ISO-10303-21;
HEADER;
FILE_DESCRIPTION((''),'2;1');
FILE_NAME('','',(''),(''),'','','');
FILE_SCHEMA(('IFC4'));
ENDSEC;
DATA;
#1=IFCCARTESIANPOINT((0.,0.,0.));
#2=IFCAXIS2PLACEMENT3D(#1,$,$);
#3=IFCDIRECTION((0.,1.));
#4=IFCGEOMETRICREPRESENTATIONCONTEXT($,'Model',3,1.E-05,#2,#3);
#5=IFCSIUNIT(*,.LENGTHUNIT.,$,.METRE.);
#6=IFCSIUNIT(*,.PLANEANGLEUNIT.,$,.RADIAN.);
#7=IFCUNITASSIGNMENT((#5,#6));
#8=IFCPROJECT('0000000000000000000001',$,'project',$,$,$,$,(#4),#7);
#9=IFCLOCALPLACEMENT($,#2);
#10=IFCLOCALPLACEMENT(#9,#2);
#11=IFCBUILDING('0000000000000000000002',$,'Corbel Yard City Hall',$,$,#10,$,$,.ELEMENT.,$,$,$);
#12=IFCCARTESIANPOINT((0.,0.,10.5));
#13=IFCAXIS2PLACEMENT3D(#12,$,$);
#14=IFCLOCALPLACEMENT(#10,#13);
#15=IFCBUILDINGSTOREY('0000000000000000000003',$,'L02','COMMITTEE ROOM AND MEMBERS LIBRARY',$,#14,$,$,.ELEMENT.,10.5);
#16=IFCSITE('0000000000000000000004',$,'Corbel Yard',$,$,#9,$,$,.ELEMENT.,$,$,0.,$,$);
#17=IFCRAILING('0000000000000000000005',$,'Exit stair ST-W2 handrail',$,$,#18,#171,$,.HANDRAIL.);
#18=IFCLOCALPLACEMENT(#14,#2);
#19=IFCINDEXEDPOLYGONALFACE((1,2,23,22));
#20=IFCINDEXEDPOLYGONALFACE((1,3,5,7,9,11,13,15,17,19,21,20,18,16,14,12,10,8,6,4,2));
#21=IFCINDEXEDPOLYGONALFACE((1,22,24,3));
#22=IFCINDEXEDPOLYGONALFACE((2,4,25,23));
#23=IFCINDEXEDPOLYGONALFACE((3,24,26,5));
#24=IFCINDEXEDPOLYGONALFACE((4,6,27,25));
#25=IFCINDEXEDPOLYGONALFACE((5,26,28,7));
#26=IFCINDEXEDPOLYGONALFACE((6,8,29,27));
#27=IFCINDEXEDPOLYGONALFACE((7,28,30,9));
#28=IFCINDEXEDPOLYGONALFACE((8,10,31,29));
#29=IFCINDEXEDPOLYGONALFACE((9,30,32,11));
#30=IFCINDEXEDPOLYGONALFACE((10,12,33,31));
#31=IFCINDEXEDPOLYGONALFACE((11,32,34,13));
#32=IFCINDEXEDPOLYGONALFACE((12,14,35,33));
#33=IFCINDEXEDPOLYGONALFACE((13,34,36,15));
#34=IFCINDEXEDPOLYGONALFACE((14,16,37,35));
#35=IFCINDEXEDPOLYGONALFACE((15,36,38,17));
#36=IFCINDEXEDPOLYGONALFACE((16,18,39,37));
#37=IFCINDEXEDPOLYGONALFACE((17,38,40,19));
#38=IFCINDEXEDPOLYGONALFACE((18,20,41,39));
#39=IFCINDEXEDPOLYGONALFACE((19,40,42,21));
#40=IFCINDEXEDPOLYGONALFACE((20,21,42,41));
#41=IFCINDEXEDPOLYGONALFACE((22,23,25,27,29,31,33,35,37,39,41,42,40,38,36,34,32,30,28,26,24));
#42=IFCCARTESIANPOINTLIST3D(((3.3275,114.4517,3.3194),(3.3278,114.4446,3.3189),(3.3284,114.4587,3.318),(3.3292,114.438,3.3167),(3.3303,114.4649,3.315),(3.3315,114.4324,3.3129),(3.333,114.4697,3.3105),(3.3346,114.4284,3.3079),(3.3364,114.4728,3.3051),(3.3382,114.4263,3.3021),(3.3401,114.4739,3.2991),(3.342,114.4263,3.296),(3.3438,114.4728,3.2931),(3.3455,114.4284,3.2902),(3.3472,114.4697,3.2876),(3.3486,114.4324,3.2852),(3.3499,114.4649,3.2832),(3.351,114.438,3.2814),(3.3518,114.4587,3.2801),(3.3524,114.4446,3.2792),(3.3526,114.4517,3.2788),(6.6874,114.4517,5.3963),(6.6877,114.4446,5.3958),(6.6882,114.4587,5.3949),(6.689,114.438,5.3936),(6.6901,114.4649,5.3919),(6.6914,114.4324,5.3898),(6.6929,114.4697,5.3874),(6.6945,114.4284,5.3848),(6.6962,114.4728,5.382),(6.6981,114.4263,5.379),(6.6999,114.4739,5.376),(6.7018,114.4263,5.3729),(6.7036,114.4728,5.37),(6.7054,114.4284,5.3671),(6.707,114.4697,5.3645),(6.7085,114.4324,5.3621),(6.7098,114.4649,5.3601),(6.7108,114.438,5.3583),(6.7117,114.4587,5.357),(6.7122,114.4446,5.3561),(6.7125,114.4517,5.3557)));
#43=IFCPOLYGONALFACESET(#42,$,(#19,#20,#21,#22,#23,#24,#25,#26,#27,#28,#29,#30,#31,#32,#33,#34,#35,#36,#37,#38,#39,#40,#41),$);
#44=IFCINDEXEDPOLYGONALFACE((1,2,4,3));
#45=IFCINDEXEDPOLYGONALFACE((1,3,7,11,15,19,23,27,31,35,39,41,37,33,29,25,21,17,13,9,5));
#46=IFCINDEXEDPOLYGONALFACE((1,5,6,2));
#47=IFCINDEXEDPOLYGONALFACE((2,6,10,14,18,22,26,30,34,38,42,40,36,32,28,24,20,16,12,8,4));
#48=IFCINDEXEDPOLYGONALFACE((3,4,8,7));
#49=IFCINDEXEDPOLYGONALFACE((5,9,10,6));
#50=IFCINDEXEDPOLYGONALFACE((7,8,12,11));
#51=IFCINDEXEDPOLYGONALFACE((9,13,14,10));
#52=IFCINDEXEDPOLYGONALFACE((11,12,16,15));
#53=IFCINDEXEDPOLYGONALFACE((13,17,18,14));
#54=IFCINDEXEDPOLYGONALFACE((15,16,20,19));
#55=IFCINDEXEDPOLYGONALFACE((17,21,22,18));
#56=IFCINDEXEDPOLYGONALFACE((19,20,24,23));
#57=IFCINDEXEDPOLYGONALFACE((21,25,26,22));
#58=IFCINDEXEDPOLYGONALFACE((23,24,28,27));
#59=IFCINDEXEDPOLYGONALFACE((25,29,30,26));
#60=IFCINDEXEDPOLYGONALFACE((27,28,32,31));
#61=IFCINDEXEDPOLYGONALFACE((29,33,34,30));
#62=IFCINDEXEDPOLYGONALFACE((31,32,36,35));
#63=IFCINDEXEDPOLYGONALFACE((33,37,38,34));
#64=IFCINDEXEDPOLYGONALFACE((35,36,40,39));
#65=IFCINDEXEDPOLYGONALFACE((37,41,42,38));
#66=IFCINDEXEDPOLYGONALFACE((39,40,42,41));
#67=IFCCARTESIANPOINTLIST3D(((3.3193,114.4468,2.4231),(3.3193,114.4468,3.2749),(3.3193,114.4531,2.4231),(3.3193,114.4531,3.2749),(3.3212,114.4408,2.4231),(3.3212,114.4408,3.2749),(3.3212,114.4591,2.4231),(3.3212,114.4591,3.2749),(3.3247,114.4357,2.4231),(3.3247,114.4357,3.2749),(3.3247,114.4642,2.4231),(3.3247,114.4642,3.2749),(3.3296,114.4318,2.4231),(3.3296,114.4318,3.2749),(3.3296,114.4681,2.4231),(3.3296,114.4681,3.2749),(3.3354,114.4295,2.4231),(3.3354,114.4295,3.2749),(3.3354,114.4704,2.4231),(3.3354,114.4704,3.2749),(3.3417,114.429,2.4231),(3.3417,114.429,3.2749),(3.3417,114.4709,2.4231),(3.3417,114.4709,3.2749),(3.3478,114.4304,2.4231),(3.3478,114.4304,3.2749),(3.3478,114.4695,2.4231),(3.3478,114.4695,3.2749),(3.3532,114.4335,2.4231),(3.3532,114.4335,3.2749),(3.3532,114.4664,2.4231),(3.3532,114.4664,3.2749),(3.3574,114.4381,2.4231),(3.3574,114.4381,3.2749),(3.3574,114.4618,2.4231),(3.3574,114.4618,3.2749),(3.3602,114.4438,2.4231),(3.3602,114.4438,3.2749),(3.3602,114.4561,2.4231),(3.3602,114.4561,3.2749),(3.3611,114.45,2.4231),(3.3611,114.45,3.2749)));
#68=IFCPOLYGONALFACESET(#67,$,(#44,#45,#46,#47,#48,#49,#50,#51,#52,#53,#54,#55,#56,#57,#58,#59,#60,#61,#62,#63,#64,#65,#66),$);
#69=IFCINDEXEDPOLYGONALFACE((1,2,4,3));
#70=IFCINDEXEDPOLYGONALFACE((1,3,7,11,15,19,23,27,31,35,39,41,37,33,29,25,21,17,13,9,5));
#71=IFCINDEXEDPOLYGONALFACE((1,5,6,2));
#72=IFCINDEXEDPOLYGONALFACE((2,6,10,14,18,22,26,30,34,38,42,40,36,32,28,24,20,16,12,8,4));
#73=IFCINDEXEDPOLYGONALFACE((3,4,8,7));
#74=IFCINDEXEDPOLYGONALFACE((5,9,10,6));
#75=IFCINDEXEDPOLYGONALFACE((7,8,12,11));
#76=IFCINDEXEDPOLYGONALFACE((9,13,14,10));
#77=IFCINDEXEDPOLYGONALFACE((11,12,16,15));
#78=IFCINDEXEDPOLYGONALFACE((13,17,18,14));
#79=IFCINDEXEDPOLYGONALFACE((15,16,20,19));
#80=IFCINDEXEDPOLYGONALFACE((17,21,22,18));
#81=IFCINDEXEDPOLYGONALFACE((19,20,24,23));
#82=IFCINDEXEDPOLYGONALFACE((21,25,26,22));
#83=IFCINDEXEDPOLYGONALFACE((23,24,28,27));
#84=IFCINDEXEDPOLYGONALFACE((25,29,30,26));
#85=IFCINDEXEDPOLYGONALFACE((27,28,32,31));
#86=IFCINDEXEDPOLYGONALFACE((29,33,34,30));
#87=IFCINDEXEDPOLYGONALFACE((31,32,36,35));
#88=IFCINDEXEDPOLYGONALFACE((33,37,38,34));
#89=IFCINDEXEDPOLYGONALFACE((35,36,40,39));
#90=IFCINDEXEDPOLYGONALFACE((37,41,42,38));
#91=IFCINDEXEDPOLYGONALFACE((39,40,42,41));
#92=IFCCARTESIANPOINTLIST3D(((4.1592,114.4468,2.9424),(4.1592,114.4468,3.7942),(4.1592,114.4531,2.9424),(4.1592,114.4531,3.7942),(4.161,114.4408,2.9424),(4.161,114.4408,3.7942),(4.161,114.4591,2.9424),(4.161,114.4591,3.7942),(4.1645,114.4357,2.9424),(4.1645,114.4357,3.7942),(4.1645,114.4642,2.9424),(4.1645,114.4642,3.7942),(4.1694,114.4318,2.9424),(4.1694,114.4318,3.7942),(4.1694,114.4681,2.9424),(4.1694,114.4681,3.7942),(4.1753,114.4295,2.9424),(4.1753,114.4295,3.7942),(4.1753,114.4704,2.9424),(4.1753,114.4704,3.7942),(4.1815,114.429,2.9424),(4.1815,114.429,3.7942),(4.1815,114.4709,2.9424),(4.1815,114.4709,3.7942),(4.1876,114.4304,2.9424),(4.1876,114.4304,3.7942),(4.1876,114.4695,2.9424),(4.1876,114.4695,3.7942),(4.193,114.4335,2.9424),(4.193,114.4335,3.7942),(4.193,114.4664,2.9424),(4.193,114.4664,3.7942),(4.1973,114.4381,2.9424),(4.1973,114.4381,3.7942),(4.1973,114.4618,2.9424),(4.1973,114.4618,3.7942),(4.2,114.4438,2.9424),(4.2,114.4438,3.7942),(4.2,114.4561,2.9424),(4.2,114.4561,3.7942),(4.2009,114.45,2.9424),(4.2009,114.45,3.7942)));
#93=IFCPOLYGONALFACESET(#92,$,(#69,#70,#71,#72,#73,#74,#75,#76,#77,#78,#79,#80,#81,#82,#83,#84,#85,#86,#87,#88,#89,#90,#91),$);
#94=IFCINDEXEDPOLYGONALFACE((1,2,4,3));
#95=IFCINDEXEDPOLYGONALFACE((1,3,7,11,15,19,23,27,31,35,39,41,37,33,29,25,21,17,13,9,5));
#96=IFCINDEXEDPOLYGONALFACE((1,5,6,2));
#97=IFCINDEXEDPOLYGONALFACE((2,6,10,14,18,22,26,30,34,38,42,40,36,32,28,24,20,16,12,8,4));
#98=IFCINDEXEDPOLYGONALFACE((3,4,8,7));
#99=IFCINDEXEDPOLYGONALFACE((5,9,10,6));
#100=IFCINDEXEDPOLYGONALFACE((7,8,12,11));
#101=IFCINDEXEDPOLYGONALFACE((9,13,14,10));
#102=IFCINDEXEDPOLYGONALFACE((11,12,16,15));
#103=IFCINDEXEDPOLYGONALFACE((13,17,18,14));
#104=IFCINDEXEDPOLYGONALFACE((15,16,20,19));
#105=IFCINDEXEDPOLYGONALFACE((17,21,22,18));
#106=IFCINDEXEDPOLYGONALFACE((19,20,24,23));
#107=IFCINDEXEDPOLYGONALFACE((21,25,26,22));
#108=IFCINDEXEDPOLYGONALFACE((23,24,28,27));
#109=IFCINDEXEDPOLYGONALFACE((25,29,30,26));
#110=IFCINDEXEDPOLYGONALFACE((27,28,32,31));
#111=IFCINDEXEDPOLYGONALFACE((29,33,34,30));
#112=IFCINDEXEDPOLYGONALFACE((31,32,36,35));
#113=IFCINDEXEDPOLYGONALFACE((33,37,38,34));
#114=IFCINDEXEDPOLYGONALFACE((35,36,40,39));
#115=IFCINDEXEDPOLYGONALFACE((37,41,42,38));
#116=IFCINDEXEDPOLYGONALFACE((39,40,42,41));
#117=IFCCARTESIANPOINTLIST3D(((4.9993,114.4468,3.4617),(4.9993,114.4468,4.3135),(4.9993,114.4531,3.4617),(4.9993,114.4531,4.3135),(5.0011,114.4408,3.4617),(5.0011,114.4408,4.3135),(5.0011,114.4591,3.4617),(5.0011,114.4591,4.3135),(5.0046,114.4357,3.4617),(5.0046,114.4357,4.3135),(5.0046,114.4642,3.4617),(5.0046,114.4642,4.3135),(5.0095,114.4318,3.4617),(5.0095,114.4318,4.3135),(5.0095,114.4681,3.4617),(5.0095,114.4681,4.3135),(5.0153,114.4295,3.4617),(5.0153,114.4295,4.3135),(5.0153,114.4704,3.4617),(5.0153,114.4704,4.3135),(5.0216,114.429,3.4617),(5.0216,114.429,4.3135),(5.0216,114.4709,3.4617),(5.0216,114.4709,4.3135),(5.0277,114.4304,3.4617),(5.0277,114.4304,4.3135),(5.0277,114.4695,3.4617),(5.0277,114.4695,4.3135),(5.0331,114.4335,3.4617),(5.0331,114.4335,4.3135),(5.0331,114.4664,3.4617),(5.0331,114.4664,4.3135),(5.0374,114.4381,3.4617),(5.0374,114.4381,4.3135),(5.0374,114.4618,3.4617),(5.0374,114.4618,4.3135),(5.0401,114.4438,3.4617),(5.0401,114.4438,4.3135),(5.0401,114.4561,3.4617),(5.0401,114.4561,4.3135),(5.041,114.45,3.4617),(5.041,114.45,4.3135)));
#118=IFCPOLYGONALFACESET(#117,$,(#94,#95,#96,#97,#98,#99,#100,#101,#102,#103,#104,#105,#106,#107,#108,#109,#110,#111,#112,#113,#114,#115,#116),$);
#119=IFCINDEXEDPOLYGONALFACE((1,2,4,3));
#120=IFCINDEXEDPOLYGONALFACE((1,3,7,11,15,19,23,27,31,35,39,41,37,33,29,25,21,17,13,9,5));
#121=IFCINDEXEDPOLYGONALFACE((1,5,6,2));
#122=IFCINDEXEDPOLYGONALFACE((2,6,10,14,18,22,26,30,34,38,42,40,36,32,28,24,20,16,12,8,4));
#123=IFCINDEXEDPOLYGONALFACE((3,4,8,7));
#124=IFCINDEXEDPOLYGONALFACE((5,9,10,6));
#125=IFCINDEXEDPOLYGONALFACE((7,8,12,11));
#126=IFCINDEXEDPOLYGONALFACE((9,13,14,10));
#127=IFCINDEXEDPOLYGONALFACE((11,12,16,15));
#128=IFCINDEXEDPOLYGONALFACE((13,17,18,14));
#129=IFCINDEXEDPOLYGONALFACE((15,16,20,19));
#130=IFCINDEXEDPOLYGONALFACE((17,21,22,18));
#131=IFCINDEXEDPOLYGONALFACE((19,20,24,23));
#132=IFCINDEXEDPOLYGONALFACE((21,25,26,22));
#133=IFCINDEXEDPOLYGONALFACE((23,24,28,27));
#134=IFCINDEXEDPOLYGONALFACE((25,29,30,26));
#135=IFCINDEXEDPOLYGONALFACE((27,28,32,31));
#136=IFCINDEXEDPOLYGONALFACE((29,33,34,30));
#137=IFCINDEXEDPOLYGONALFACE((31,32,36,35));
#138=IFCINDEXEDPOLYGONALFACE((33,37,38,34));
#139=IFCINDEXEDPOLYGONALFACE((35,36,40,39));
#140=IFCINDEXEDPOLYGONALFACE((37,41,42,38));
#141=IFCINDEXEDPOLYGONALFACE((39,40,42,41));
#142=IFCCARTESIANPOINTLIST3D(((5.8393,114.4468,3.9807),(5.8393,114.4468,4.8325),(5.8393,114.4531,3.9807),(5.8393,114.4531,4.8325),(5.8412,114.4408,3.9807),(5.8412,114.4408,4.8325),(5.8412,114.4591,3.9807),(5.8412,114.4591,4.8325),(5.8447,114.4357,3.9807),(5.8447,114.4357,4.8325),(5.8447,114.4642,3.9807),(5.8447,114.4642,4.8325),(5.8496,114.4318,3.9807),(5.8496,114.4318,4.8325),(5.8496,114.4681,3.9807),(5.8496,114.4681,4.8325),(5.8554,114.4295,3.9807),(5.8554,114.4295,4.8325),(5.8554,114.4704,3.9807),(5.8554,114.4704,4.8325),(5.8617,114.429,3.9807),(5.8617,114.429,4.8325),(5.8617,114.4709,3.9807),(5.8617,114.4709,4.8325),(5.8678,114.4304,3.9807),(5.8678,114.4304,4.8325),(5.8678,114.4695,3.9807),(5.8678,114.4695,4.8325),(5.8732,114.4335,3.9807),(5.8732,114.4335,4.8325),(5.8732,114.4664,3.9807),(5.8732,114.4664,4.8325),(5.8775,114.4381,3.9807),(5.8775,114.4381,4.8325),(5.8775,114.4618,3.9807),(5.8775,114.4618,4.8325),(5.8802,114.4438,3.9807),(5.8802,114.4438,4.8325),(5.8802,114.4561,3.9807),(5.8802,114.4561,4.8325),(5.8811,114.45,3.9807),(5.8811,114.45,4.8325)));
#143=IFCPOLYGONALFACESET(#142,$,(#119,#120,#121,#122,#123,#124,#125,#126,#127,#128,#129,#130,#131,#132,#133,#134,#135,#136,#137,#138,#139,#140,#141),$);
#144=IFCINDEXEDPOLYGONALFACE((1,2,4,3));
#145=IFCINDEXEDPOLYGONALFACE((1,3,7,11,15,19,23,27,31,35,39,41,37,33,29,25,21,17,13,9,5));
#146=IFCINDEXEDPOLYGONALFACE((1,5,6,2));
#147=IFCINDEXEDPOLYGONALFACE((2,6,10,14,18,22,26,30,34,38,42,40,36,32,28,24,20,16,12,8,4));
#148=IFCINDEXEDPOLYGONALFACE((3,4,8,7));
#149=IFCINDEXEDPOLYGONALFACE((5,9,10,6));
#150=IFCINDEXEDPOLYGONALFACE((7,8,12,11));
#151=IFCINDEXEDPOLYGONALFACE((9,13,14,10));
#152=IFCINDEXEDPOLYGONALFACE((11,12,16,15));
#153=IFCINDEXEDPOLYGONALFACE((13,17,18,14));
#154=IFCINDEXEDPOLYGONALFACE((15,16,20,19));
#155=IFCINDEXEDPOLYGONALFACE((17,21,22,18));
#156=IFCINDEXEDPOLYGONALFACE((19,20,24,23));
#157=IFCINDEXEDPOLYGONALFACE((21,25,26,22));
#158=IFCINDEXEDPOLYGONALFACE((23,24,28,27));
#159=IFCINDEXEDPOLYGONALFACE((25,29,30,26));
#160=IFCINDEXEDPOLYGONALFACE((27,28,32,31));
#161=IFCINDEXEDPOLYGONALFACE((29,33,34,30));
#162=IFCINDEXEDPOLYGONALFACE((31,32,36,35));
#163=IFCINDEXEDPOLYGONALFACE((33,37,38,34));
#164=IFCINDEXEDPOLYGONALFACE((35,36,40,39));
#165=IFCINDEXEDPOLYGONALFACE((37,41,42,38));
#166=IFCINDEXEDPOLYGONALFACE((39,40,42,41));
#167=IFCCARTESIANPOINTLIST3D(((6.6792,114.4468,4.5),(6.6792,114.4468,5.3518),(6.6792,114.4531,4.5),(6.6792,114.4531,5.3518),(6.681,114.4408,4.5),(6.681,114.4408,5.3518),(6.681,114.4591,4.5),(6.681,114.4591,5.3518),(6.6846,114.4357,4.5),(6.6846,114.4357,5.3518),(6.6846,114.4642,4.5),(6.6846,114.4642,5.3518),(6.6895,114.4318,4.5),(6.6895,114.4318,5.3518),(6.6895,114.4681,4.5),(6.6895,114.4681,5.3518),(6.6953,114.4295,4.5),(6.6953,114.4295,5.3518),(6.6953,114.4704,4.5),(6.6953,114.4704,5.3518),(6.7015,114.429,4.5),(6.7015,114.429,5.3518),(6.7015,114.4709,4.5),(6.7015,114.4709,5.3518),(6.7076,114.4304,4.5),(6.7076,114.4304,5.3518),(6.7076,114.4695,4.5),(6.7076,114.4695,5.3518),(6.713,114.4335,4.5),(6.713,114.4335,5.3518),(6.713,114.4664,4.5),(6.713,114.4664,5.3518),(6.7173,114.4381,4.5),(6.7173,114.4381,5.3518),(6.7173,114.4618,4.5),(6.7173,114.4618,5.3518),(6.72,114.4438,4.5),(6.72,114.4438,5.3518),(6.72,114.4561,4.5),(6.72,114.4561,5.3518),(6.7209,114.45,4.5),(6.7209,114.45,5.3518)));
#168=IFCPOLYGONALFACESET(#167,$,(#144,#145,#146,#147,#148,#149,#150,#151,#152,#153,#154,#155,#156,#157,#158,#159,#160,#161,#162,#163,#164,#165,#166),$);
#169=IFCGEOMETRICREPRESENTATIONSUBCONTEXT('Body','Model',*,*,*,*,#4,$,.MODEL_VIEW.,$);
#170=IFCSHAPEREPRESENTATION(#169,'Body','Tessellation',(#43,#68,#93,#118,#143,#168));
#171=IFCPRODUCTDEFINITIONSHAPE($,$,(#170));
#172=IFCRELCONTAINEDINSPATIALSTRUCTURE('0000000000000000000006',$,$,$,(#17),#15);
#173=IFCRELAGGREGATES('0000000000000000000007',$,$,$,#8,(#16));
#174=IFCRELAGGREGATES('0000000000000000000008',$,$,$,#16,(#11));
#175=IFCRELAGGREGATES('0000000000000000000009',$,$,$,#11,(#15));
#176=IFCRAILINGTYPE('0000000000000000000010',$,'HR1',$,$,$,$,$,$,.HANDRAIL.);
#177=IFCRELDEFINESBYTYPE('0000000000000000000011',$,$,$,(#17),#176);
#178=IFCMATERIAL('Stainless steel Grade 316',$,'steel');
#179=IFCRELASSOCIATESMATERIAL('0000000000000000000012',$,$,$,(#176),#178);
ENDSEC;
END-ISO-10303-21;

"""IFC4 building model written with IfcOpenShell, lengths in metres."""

from ifc_helpers import new_model, si_unit, direction, frame, origin, origin_2d, place, context, subcontext, project, spatial, circle, extrude, material, type_object, element, save


model = new_model("IFC4")

# Units and contexts
model_context = context("Model", 3, precision=1e-05, world=origin(), true_north=direction((0.0, 1.0)))
body_context = subcontext(model_context, "Body", "Model", "MODEL_VIEW")
ifc_project = project(units=[si_unit("LENGTHUNIT", "METRE"), si_unit("PLANEANGLEUNIT", "RADIAN")], contexts=[model_context])

# Site, building, storey
site_placement = place(None, origin())
site = spatial("IfcSite", under=ifc_project, at=site_placement, Name="Corbel Yard", CompositionType="ELEMENT", RefElevation=0.0)
building_placement = place(site_placement, origin())
building = spatial("IfcBuilding", under=site, at=building_placement, Name="Corbel Yard City Hall", CompositionType="ELEMENT")
storey_placement = place(building_placement, frame((0.0, 0.0, 10.5)))
storey = spatial("IfcBuildingStorey", under=building, at=storey_placement, Name="L02", Description="COMMITTEE ROOM AND MEMBERS LIBRARY", CompositionType="ELEMENT", Elevation=10.5)

# Shared definitions
ifc_material_1 = material(Name="Stainless steel Grade 316", Category="steel")

# Railing
railing_type = type_object("IfcRailingType", Name="HR1", PredefinedType="HANDRAIL", material=ifc_material_1)
for number, where, name in (
    (1, (3.3401, 114.45, 2.4231), "Exit stair ST-W2 handrail"),
):
    element("IfcRailing", number, at=place(storey_placement, frame(where)), inside=storey, type_object=railing_type, Name=name, PredefinedType="HANDRAIL", context=body_context, shape_type="SweptSolid", body=[
        extrude(circle(Radius=0.0239, at=origin_2d()), frame((0.0, 0.0, 0.876), z_axis=(0.850606, 0.0, 0.525803), x_axis=(0.0, 1.0, 0.0)), (0.0, 0.0, 1.0), 3.95),
        extrude(circle(Radius=0.021, at=origin_2d()), origin(), (0.0, 0.0, 1.0), 0.8518),
        extrude(circle(Radius=0.021, at=origin_2d()), frame((0.8398, 0.0, 0.5193)), (0.0, 0.0, 1.0), 0.8518),
        extrude(circle(Radius=0.021, at=origin_2d()), frame((1.6799, 0.0, 1.0386)), (0.0, 0.0, 1.0), 0.8518),
        extrude(circle(Radius=0.021, at=origin_2d()), frame((2.52, 0.0, 1.5576)), (0.0, 0.0, 1.0), 0.8518),
        extrude(circle(Radius=0.021, at=origin_2d()), frame((3.3599, 0.0, 2.0769)), (0.0, 0.0, 1.0), 0.8518),
    ])

save(model, "model.ifc")
